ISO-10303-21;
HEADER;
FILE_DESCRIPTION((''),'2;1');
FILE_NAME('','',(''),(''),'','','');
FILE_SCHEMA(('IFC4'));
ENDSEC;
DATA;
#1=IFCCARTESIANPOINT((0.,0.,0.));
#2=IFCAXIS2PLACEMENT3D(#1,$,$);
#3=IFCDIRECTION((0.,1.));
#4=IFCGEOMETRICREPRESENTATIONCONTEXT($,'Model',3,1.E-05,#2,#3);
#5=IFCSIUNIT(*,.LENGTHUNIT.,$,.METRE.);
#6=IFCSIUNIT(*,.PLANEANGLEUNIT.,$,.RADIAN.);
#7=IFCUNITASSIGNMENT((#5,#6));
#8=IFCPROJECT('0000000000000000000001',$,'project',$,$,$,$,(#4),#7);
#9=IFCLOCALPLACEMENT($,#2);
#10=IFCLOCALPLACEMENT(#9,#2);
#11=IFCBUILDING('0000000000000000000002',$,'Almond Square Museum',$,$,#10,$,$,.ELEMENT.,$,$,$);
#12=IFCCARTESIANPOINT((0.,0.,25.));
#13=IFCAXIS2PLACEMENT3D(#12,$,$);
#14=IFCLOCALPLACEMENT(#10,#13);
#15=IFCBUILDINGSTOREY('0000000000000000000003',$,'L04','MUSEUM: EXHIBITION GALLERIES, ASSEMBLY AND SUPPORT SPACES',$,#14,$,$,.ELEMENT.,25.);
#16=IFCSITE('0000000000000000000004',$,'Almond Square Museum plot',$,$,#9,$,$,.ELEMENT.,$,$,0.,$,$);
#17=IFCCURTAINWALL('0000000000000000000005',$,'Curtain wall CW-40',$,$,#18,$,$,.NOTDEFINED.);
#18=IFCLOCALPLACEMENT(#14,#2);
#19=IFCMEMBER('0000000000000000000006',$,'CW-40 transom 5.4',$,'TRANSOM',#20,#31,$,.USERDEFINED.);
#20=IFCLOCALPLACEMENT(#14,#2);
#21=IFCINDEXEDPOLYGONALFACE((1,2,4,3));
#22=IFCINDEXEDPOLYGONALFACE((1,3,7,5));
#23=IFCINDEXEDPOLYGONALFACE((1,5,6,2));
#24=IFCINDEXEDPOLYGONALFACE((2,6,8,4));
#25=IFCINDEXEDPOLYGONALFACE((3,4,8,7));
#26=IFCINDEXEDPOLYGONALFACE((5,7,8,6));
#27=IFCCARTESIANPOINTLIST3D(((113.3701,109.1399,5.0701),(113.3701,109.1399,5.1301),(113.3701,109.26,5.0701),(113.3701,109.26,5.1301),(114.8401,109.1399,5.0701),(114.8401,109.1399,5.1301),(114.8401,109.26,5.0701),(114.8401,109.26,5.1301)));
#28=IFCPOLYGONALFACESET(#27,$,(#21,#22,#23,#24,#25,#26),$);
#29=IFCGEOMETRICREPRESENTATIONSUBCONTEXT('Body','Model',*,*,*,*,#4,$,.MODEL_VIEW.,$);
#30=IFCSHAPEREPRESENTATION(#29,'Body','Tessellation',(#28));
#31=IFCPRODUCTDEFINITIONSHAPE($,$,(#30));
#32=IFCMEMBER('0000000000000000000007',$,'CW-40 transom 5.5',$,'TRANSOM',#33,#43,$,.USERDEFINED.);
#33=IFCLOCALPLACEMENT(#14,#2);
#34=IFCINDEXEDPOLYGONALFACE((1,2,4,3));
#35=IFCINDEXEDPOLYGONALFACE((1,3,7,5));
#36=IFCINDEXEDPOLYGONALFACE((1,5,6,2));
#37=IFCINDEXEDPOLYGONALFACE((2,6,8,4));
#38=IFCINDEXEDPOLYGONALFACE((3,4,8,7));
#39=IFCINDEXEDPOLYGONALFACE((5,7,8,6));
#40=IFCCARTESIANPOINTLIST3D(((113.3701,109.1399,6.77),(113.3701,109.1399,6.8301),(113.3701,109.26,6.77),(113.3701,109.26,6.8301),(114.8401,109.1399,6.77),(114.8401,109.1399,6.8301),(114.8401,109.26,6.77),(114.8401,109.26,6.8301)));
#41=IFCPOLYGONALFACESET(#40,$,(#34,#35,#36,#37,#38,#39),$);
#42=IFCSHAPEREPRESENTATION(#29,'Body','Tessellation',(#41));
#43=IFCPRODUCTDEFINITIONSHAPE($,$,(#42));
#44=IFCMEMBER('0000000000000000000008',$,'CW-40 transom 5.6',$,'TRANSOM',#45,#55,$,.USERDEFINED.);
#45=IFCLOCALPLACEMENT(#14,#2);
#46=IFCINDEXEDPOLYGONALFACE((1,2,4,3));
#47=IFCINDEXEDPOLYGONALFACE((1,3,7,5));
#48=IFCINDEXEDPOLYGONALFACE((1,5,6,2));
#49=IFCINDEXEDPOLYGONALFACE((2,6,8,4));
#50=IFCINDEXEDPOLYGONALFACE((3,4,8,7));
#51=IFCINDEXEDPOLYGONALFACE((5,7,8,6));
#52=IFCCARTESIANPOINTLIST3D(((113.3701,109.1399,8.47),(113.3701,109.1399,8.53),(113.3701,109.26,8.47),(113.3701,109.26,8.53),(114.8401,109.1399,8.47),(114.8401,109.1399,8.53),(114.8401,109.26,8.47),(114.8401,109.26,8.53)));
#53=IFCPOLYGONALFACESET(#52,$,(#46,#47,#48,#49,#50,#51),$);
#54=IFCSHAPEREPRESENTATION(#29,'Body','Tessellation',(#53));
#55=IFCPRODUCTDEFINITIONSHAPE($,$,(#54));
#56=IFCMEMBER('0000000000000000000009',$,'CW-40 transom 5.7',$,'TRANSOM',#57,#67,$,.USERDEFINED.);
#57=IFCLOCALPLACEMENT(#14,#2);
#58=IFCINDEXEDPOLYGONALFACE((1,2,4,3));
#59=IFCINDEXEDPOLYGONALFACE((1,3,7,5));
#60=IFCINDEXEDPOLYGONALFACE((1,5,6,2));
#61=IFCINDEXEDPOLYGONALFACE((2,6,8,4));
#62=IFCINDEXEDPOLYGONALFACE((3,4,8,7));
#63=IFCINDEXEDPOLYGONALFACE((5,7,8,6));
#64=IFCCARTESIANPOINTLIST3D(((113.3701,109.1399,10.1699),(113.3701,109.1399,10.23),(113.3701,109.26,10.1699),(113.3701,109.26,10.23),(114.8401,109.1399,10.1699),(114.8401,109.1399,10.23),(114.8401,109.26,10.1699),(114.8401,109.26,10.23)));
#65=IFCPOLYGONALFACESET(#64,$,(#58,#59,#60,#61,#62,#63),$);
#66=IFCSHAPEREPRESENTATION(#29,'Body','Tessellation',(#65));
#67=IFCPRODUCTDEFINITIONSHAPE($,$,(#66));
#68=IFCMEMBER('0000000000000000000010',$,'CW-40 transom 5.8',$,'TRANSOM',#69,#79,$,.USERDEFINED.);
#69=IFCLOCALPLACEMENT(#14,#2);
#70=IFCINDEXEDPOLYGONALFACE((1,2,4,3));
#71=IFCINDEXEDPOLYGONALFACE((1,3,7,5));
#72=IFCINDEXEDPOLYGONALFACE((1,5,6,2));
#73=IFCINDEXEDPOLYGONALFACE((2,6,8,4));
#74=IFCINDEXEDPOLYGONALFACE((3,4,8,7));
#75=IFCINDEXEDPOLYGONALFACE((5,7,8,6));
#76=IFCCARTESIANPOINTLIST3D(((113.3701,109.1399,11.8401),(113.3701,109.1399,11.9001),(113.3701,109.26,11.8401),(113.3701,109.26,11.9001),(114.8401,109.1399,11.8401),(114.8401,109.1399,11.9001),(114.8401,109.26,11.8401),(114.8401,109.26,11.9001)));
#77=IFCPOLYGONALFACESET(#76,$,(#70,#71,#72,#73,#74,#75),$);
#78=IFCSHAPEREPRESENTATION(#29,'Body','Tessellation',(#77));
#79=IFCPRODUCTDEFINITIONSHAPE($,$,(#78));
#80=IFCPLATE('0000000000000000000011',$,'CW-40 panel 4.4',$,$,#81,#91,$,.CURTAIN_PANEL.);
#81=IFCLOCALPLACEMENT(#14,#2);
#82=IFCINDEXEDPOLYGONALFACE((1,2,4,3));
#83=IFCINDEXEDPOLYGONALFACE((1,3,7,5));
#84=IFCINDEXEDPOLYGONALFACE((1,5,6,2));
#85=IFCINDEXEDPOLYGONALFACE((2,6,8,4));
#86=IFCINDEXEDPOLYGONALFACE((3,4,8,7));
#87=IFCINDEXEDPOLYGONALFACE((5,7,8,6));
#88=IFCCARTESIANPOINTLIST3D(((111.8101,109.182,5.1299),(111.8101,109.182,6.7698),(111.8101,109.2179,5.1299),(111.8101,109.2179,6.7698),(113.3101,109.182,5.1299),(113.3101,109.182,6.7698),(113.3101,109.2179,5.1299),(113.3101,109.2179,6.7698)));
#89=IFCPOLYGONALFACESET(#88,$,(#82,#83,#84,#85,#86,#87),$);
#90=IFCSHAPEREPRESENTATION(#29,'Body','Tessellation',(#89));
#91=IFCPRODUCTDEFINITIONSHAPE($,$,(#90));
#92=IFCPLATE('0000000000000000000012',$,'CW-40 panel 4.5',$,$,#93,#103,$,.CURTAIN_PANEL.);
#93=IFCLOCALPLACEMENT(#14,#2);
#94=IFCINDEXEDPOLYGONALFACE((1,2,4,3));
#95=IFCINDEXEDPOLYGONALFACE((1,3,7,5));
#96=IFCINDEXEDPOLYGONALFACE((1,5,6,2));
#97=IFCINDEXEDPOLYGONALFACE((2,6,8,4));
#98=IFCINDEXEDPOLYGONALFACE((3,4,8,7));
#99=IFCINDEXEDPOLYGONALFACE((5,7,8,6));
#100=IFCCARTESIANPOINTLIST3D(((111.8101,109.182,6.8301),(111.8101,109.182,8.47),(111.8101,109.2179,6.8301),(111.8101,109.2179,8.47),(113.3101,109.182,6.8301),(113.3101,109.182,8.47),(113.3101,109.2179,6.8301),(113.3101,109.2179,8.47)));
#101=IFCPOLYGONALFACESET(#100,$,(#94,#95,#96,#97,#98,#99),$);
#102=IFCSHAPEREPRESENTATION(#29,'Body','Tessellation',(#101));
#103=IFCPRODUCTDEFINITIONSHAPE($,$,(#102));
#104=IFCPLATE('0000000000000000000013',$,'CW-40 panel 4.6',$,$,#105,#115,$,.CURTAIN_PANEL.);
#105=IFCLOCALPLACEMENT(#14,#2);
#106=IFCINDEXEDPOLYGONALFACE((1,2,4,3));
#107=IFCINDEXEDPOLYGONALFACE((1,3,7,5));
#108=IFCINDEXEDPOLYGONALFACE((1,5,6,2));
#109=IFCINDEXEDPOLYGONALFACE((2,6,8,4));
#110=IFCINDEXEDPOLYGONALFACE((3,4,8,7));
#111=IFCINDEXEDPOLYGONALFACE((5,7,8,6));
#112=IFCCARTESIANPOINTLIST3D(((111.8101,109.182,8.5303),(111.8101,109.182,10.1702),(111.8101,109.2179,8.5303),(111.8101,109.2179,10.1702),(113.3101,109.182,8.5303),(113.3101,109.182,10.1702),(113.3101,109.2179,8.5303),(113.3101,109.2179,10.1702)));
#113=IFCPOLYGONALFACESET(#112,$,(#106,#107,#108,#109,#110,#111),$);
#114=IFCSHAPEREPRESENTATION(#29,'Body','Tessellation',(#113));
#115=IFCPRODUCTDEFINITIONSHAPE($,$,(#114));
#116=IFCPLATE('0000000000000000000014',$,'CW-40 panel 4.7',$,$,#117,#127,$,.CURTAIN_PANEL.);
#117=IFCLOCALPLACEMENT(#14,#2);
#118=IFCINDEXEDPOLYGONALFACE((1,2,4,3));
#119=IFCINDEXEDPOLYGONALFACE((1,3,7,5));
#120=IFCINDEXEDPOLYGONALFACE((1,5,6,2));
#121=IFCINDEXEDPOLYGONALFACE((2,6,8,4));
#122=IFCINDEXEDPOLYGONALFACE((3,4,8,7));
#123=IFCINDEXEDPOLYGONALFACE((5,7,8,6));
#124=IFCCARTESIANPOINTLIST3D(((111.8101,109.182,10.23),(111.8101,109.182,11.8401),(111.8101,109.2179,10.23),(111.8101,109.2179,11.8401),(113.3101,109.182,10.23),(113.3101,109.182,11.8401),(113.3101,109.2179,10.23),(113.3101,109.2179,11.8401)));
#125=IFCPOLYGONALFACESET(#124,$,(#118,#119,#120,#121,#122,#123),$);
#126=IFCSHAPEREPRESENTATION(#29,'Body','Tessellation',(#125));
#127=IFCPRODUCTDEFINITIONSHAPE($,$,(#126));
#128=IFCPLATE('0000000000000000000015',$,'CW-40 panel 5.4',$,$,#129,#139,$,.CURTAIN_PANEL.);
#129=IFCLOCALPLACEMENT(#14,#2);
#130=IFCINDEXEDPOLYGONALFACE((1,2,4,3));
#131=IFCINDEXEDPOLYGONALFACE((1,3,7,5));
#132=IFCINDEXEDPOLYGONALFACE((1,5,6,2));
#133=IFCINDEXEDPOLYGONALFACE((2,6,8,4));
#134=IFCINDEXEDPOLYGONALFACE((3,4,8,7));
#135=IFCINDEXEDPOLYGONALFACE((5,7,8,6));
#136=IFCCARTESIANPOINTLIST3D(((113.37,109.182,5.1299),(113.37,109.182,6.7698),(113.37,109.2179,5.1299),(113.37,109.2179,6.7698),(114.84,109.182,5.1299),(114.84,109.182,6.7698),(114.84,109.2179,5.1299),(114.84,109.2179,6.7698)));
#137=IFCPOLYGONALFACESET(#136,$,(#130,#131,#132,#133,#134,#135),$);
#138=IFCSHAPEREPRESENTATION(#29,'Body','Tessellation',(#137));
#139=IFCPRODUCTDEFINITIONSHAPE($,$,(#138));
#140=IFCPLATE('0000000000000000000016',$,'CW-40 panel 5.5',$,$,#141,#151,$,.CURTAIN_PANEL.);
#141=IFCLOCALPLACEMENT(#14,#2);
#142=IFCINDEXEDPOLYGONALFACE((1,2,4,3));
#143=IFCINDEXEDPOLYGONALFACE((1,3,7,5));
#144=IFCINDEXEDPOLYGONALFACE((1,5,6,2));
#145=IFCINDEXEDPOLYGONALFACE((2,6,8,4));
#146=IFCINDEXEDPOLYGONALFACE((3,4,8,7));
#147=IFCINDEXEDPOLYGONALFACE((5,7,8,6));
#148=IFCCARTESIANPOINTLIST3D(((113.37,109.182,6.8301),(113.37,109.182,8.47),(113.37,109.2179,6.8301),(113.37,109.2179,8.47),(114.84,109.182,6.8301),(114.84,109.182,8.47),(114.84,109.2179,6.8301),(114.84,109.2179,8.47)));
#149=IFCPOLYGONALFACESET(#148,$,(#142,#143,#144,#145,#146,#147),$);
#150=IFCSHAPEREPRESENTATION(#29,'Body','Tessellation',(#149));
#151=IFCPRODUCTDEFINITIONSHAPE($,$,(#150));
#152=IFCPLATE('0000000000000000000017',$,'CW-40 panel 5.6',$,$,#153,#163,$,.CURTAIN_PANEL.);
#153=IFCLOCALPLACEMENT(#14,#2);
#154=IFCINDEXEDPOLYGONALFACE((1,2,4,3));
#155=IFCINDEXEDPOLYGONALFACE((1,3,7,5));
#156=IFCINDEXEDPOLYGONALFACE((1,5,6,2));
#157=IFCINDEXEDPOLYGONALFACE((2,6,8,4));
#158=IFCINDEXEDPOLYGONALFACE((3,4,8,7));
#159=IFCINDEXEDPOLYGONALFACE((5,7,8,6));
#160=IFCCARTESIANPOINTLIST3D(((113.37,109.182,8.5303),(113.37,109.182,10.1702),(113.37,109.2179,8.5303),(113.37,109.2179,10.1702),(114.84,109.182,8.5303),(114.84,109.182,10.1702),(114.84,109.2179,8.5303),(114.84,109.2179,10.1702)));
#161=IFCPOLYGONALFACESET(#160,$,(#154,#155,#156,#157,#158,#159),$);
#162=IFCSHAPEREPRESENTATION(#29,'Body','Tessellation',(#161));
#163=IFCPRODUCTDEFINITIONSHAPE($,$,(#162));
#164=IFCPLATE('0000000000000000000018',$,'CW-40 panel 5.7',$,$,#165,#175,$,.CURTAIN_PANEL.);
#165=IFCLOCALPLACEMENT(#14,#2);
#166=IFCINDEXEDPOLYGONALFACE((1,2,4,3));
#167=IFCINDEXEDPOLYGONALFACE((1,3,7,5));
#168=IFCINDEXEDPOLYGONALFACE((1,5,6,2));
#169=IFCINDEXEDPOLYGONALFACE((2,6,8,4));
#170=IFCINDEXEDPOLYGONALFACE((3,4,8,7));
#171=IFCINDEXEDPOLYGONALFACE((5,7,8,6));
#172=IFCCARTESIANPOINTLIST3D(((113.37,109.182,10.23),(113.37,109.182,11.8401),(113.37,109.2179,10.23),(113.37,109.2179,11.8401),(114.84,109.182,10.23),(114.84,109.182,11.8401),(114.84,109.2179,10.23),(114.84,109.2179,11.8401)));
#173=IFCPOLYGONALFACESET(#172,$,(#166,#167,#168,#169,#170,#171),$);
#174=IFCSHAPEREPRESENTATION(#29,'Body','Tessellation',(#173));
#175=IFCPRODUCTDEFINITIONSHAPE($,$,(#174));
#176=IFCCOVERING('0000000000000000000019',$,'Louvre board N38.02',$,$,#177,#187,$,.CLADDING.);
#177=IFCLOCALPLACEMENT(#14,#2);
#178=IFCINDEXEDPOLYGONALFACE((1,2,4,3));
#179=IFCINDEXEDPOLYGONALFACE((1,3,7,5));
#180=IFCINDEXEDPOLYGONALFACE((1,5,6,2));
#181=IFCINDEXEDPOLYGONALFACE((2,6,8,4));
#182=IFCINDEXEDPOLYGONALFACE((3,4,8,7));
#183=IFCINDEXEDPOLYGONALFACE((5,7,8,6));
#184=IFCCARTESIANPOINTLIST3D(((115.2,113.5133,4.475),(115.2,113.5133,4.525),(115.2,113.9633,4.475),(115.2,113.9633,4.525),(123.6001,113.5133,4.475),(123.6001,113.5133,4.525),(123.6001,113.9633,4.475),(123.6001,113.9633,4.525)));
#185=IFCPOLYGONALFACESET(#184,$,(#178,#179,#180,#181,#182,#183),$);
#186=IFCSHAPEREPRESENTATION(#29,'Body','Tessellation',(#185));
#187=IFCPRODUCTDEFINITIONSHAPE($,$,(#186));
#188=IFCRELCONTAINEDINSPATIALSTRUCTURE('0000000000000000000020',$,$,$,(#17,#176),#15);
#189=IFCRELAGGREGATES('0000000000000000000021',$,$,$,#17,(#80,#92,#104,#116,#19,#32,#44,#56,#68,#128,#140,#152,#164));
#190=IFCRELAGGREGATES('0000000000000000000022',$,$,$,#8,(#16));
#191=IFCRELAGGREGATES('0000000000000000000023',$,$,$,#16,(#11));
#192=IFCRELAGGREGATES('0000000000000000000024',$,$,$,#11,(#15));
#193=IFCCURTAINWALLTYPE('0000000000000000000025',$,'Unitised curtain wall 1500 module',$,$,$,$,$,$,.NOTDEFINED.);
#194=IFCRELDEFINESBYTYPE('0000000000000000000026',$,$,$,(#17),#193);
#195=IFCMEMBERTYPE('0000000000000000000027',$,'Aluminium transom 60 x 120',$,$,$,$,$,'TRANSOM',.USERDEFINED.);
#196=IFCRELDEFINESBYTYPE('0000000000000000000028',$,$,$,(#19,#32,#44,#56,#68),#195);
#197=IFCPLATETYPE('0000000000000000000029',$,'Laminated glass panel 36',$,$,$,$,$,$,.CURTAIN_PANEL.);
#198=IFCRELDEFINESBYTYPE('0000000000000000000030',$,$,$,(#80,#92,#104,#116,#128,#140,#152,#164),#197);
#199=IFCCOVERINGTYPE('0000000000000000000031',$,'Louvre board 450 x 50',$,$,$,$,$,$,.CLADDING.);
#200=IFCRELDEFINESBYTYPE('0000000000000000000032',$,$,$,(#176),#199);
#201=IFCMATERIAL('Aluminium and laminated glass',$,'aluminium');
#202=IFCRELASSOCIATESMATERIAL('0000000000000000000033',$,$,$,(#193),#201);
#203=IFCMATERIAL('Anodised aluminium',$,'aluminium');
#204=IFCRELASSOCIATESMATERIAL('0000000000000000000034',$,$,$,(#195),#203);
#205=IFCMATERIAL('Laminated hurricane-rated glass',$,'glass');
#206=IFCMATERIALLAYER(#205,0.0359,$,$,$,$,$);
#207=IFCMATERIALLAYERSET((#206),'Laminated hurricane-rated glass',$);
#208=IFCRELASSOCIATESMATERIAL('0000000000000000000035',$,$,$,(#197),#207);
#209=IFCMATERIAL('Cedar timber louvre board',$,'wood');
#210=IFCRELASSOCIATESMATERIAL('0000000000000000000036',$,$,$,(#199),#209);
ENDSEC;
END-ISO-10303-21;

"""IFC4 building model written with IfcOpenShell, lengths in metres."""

from ifc_helpers import new_model, si_unit, direction, frame, origin, origin_2d, place, context, subcontext, project, spatial, rectangle, extrude, material, layer, layer_set, material_profile, profile_set, type_object, element, aggregate, save


model = new_model("IFC4")

# Units and contexts
model_context = context("Model", 3, precision=1e-05, world=origin(), true_north=direction((0.0, 1.0)))
body_context = subcontext(model_context, "Body", "Model", "MODEL_VIEW")
ifc_project = project(units=[si_unit("LENGTHUNIT", "METRE"), si_unit("PLANEANGLEUNIT", "RADIAN")], contexts=[model_context])

# Site, building, storey
site_placement = place(None, origin())
site = spatial("IfcSite", under=ifc_project, at=site_placement, Name="Almond Square Museum plot", CompositionType="ELEMENT", RefElevation=0.0)
building_placement = place(site_placement, origin())
building = spatial("IfcBuilding", under=site, at=building_placement, Name="Almond Square Museum", CompositionType="ELEMENT")
storey_placement = place(building_placement, frame((0.0, 0.0, 25.0)))
storey = spatial("IfcBuildingStorey", under=building, at=storey_placement, Name="L04", Description="MUSEUM: EXHIBITION GALLERIES, ASSEMBLY AND SUPPORT SPACES", CompositionType="ELEMENT", Elevation=25.0)

# Curtain wall, members, plates
ifc_material_1 = material(Name="Aluminium and laminated glass", Category="aluminium")
curtain_wall_type = type_object("IfcCurtainWallType", Name="Unitised curtain wall 1500 module", PredefinedType="NOTDEFINED", material=ifc_material_1)
curtain_wall_placement = place(storey_placement, origin())
curtain_wall = element("IfcCurtainWall", 1, at=curtain_wall_placement, inside=storey, type_object=curtain_wall_type, Name="Curtain wall CW-40", PredefinedType="NOTDEFINED")
ifc_material_2 = material(Name="Anodised aluminium", Category="aluminium")
ifc_material_profile_1 = material_profile(ifc_material_2, rectangle(XDim=0.1201, YDim=0.0601, at=origin_2d()))
ifc_profile_set_1 = profile_set([ifc_material_profile_1], Name="Anodised aluminium")
member_type = type_object("IfcMemberType", Name="Aluminium transom 60 x 120", ElementType="TRANSOM", PredefinedType="USERDEFINED", material=ifc_profile_set_1)
member_1_placement = place(storey_placement, frame((113.3701, 109.2, 5.1001), z_axis=(1.0, 0.0, 0.0), x_axis=(0.0, 1.0, 0.0)))
member_1 = element("IfcMember", 2, at=member_1_placement, type_object=member_type, Name="CW-40 transom 5.4", ObjectType="TRANSOM", PredefinedType="USERDEFINED", context=body_context, shape_type="SweptSolid", body=[
    extrude(rectangle(XDim=0.1201, YDim=0.0601, at=origin_2d()), origin(), (0.0, 0.0, 1.0), 1.47),
])
member_2_placement = place(storey_placement, frame((113.3701, 109.2, 6.8), z_axis=(1.0, 0.0, 0.0), x_axis=(0.0, 1.0, 0.0)))
member_2 = element("IfcMember", 3, at=member_2_placement, type_object=member_type, Name="CW-40 transom 5.5", ObjectType="TRANSOM", PredefinedType="USERDEFINED", context=body_context, shape_type="SweptSolid", body=[
    extrude(rectangle(XDim=0.1201, YDim=0.0601, at=origin_2d()), origin(), (0.0, 0.0, 1.0), 1.47),
])
member_3_placement = place(storey_placement, frame((113.3701, 109.2, 8.5), z_axis=(1.0, 0.0, 0.0), x_axis=(0.0, 1.0, 0.0)))
member_3 = element("IfcMember", 4, at=member_3_placement, type_object=member_type, Name="CW-40 transom 5.6", ObjectType="TRANSOM", PredefinedType="USERDEFINED", context=body_context, shape_type="SweptSolid", body=[
    extrude(rectangle(XDim=0.1201, YDim=0.0601, at=origin_2d()), origin(), (0.0, 0.0, 1.0), 1.47),
])
member_4_placement = place(storey_placement, frame((113.3701, 109.2, 10.2), z_axis=(1.0, 0.0, 0.0), x_axis=(0.0, 1.0, 0.0)))
member_4 = element("IfcMember", 5, at=member_4_placement, type_object=member_type, Name="CW-40 transom 5.7", ObjectType="TRANSOM", PredefinedType="USERDEFINED", context=body_context, shape_type="SweptSolid", body=[
    extrude(rectangle(XDim=0.1201, YDim=0.0601, at=origin_2d()), origin(), (0.0, 0.0, 1.0), 1.47),
])
member_5_placement = place(storey_placement, frame((113.3701, 109.2, 11.8701), z_axis=(1.0, 0.0, 0.0), x_axis=(0.0, 1.0, 0.0)))
member_5 = element("IfcMember", 6, at=member_5_placement, type_object=member_type, Name="CW-40 transom 5.8", ObjectType="TRANSOM", PredefinedType="USERDEFINED", context=body_context, shape_type="SweptSolid", body=[
    extrude(rectangle(XDim=0.1201, YDim=0.0601, at=origin_2d()), origin(), (0.0, 0.0, 1.0), 1.47),
])
ifc_material_3 = material(Name="Laminated hurricane-rated glass", Category="glass")
ifc_layer_1 = layer(ifc_material_3, 0.0359)
ifc_layer_set_1 = layer_set([ifc_layer_1], Name="Laminated hurricane-rated glass")
plate_type = type_object("IfcPlateType", Name="Laminated glass panel 36", PredefinedType="CURTAIN_PANEL", material=ifc_layer_set_1)
plate_1_placement = place(storey_placement, frame((112.5601, 109.2, 5.1299), z_axis=(0.0, 0.0, 1.0), x_axis=(1.0, 0.0, 0.0)))
plate_1 = element("IfcPlate", 7, at=plate_1_placement, type_object=plate_type, Name="CW-40 panel 4.4", PredefinedType="CURTAIN_PANEL", context=body_context, shape_type="SweptSolid", body=[
    extrude(rectangle(XDim=1.5, YDim=0.0359, at=origin_2d()), origin(), (0.0, 0.0, 1.0), 1.6399),
])
plate_2_placement = place(storey_placement, frame((112.5601, 109.2, 6.8301), z_axis=(0.0, 0.0, 1.0), x_axis=(1.0, 0.0, 0.0)))
plate_2 = element("IfcPlate", 8, at=plate_2_placement, type_object=plate_type, Name="CW-40 panel 4.5", PredefinedType="CURTAIN_PANEL", context=body_context, shape_type="SweptSolid", body=[
    extrude(rectangle(XDim=1.5, YDim=0.0359, at=origin_2d()), origin(), (0.0, 0.0, 1.0), 1.6399),
])
plate_3_placement = place(storey_placement, frame((112.5601, 109.2, 8.5303), z_axis=(0.0, 0.0, 1.0), x_axis=(1.0, 0.0, 0.0)))
plate_3 = element("IfcPlate", 9, at=plate_3_placement, type_object=plate_type, Name="CW-40 panel 4.6", PredefinedType="CURTAIN_PANEL", context=body_context, shape_type="SweptSolid", body=[
    extrude(rectangle(XDim=1.5, YDim=0.0359, at=origin_2d()), origin(), (0.0, 0.0, 1.0), 1.6399),
])
plate_4_placement = place(storey_placement, frame((112.5601, 109.2, 10.23), z_axis=(0.0, 0.0, 1.0), x_axis=(1.0, 0.0, 0.0)))
plate_4 = element("IfcPlate", 10, at=plate_4_placement, type_object=plate_type, Name="CW-40 panel 4.7", PredefinedType="CURTAIN_PANEL", context=body_context, shape_type="SweptSolid", body=[
    extrude(rectangle(XDim=1.5, YDim=0.0359, at=origin_2d()), origin(), (0.0, 0.0, 1.0), 1.6101),
])
plate_5_placement = place(storey_placement, frame((114.105, 109.2, 5.1299), z_axis=(0.0, 0.0, 1.0), x_axis=(1.0, 0.0, 0.0)))
plate_5 = element("IfcPlate", 11, at=plate_5_placement, type_object=plate_type, Name="CW-40 panel 5.4", PredefinedType="CURTAIN_PANEL", context=body_context, shape_type="SweptSolid", body=[
    extrude(rectangle(XDim=1.47, YDim=0.0359, at=origin_2d()), origin(), (0.0, 0.0, 1.0), 1.6399),
])
plate_6_placement = place(storey_placement, frame((114.105, 109.2, 6.8301), z_axis=(0.0, 0.0, 1.0), x_axis=(1.0, 0.0, 0.0)))
plate_6 = element("IfcPlate", 12, at=plate_6_placement, type_object=plate_type, Name="CW-40 panel 5.5", PredefinedType="CURTAIN_PANEL", context=body_context, shape_type="SweptSolid", body=[
    extrude(rectangle(XDim=1.47, YDim=0.0359, at=origin_2d()), origin(), (0.0, 0.0, 1.0), 1.6399),
])
plate_7_placement = place(storey_placement, frame((114.105, 109.2, 8.5303), z_axis=(0.0, 0.0, 1.0), x_axis=(1.0, 0.0, 0.0)))
plate_7 = element("IfcPlate", 13, at=plate_7_placement, type_object=plate_type, Name="CW-40 panel 5.6", PredefinedType="CURTAIN_PANEL", context=body_context, shape_type="SweptSolid", body=[
    extrude(rectangle(XDim=1.47, YDim=0.0359, at=origin_2d()), origin(), (0.0, 0.0, 1.0), 1.6399),
])
plate_8_placement = place(storey_placement, frame((114.105, 109.2, 10.23), z_axis=(0.0, 0.0, 1.0), x_axis=(1.0, 0.0, 0.0)))
plate_8 = element("IfcPlate", 14, at=plate_8_placement, type_object=plate_type, Name="CW-40 panel 5.7", PredefinedType="CURTAIN_PANEL", context=body_context, shape_type="SweptSolid", body=[
    extrude(rectangle(XDim=1.47, YDim=0.0359, at=origin_2d()), origin(), (0.0, 0.0, 1.0), 1.6101),
])
aggregate(curtain_wall, [plate_1, plate_2, plate_3, plate_4, member_1, member_2, member_3, member_4, member_5, plate_5, plate_6, plate_7, plate_8])

# Covering
ifc_material_4 = material(Name="Cedar timber louvre board", Category="wood")
ifc_material_profile_2 = material_profile(ifc_material_4, rectangle(XDim=0.45, YDim=0.05, at=origin_2d()))
ifc_profile_set_2 = profile_set([ifc_material_profile_2], Name="Cedar timber louvre board")
covering_type_1 = type_object("IfcCoveringType", Name="Louvre board 450 x 50", PredefinedType="CLADDING", material=ifc_profile_set_2)
covering_1_placement = place(storey_placement, frame((115.2, 113.7383, 4.5), z_axis=(1.0, 0.0, 0.0), x_axis=(0.0, 1.0, 0.0)))
element("IfcCovering", 15, at=covering_1_placement, inside=storey, type_object=covering_type_1, Name="Louvre board N38.02", PredefinedType="CLADDING", context=body_context, shape_type="SweptSolid", body=[
    extrude(rectangle(XDim=0.45, YDim=0.05, at=origin_2d()), origin(), (0.0, 0.0, 1.0), 8.4001),
])

save(model, "model.ifc")
